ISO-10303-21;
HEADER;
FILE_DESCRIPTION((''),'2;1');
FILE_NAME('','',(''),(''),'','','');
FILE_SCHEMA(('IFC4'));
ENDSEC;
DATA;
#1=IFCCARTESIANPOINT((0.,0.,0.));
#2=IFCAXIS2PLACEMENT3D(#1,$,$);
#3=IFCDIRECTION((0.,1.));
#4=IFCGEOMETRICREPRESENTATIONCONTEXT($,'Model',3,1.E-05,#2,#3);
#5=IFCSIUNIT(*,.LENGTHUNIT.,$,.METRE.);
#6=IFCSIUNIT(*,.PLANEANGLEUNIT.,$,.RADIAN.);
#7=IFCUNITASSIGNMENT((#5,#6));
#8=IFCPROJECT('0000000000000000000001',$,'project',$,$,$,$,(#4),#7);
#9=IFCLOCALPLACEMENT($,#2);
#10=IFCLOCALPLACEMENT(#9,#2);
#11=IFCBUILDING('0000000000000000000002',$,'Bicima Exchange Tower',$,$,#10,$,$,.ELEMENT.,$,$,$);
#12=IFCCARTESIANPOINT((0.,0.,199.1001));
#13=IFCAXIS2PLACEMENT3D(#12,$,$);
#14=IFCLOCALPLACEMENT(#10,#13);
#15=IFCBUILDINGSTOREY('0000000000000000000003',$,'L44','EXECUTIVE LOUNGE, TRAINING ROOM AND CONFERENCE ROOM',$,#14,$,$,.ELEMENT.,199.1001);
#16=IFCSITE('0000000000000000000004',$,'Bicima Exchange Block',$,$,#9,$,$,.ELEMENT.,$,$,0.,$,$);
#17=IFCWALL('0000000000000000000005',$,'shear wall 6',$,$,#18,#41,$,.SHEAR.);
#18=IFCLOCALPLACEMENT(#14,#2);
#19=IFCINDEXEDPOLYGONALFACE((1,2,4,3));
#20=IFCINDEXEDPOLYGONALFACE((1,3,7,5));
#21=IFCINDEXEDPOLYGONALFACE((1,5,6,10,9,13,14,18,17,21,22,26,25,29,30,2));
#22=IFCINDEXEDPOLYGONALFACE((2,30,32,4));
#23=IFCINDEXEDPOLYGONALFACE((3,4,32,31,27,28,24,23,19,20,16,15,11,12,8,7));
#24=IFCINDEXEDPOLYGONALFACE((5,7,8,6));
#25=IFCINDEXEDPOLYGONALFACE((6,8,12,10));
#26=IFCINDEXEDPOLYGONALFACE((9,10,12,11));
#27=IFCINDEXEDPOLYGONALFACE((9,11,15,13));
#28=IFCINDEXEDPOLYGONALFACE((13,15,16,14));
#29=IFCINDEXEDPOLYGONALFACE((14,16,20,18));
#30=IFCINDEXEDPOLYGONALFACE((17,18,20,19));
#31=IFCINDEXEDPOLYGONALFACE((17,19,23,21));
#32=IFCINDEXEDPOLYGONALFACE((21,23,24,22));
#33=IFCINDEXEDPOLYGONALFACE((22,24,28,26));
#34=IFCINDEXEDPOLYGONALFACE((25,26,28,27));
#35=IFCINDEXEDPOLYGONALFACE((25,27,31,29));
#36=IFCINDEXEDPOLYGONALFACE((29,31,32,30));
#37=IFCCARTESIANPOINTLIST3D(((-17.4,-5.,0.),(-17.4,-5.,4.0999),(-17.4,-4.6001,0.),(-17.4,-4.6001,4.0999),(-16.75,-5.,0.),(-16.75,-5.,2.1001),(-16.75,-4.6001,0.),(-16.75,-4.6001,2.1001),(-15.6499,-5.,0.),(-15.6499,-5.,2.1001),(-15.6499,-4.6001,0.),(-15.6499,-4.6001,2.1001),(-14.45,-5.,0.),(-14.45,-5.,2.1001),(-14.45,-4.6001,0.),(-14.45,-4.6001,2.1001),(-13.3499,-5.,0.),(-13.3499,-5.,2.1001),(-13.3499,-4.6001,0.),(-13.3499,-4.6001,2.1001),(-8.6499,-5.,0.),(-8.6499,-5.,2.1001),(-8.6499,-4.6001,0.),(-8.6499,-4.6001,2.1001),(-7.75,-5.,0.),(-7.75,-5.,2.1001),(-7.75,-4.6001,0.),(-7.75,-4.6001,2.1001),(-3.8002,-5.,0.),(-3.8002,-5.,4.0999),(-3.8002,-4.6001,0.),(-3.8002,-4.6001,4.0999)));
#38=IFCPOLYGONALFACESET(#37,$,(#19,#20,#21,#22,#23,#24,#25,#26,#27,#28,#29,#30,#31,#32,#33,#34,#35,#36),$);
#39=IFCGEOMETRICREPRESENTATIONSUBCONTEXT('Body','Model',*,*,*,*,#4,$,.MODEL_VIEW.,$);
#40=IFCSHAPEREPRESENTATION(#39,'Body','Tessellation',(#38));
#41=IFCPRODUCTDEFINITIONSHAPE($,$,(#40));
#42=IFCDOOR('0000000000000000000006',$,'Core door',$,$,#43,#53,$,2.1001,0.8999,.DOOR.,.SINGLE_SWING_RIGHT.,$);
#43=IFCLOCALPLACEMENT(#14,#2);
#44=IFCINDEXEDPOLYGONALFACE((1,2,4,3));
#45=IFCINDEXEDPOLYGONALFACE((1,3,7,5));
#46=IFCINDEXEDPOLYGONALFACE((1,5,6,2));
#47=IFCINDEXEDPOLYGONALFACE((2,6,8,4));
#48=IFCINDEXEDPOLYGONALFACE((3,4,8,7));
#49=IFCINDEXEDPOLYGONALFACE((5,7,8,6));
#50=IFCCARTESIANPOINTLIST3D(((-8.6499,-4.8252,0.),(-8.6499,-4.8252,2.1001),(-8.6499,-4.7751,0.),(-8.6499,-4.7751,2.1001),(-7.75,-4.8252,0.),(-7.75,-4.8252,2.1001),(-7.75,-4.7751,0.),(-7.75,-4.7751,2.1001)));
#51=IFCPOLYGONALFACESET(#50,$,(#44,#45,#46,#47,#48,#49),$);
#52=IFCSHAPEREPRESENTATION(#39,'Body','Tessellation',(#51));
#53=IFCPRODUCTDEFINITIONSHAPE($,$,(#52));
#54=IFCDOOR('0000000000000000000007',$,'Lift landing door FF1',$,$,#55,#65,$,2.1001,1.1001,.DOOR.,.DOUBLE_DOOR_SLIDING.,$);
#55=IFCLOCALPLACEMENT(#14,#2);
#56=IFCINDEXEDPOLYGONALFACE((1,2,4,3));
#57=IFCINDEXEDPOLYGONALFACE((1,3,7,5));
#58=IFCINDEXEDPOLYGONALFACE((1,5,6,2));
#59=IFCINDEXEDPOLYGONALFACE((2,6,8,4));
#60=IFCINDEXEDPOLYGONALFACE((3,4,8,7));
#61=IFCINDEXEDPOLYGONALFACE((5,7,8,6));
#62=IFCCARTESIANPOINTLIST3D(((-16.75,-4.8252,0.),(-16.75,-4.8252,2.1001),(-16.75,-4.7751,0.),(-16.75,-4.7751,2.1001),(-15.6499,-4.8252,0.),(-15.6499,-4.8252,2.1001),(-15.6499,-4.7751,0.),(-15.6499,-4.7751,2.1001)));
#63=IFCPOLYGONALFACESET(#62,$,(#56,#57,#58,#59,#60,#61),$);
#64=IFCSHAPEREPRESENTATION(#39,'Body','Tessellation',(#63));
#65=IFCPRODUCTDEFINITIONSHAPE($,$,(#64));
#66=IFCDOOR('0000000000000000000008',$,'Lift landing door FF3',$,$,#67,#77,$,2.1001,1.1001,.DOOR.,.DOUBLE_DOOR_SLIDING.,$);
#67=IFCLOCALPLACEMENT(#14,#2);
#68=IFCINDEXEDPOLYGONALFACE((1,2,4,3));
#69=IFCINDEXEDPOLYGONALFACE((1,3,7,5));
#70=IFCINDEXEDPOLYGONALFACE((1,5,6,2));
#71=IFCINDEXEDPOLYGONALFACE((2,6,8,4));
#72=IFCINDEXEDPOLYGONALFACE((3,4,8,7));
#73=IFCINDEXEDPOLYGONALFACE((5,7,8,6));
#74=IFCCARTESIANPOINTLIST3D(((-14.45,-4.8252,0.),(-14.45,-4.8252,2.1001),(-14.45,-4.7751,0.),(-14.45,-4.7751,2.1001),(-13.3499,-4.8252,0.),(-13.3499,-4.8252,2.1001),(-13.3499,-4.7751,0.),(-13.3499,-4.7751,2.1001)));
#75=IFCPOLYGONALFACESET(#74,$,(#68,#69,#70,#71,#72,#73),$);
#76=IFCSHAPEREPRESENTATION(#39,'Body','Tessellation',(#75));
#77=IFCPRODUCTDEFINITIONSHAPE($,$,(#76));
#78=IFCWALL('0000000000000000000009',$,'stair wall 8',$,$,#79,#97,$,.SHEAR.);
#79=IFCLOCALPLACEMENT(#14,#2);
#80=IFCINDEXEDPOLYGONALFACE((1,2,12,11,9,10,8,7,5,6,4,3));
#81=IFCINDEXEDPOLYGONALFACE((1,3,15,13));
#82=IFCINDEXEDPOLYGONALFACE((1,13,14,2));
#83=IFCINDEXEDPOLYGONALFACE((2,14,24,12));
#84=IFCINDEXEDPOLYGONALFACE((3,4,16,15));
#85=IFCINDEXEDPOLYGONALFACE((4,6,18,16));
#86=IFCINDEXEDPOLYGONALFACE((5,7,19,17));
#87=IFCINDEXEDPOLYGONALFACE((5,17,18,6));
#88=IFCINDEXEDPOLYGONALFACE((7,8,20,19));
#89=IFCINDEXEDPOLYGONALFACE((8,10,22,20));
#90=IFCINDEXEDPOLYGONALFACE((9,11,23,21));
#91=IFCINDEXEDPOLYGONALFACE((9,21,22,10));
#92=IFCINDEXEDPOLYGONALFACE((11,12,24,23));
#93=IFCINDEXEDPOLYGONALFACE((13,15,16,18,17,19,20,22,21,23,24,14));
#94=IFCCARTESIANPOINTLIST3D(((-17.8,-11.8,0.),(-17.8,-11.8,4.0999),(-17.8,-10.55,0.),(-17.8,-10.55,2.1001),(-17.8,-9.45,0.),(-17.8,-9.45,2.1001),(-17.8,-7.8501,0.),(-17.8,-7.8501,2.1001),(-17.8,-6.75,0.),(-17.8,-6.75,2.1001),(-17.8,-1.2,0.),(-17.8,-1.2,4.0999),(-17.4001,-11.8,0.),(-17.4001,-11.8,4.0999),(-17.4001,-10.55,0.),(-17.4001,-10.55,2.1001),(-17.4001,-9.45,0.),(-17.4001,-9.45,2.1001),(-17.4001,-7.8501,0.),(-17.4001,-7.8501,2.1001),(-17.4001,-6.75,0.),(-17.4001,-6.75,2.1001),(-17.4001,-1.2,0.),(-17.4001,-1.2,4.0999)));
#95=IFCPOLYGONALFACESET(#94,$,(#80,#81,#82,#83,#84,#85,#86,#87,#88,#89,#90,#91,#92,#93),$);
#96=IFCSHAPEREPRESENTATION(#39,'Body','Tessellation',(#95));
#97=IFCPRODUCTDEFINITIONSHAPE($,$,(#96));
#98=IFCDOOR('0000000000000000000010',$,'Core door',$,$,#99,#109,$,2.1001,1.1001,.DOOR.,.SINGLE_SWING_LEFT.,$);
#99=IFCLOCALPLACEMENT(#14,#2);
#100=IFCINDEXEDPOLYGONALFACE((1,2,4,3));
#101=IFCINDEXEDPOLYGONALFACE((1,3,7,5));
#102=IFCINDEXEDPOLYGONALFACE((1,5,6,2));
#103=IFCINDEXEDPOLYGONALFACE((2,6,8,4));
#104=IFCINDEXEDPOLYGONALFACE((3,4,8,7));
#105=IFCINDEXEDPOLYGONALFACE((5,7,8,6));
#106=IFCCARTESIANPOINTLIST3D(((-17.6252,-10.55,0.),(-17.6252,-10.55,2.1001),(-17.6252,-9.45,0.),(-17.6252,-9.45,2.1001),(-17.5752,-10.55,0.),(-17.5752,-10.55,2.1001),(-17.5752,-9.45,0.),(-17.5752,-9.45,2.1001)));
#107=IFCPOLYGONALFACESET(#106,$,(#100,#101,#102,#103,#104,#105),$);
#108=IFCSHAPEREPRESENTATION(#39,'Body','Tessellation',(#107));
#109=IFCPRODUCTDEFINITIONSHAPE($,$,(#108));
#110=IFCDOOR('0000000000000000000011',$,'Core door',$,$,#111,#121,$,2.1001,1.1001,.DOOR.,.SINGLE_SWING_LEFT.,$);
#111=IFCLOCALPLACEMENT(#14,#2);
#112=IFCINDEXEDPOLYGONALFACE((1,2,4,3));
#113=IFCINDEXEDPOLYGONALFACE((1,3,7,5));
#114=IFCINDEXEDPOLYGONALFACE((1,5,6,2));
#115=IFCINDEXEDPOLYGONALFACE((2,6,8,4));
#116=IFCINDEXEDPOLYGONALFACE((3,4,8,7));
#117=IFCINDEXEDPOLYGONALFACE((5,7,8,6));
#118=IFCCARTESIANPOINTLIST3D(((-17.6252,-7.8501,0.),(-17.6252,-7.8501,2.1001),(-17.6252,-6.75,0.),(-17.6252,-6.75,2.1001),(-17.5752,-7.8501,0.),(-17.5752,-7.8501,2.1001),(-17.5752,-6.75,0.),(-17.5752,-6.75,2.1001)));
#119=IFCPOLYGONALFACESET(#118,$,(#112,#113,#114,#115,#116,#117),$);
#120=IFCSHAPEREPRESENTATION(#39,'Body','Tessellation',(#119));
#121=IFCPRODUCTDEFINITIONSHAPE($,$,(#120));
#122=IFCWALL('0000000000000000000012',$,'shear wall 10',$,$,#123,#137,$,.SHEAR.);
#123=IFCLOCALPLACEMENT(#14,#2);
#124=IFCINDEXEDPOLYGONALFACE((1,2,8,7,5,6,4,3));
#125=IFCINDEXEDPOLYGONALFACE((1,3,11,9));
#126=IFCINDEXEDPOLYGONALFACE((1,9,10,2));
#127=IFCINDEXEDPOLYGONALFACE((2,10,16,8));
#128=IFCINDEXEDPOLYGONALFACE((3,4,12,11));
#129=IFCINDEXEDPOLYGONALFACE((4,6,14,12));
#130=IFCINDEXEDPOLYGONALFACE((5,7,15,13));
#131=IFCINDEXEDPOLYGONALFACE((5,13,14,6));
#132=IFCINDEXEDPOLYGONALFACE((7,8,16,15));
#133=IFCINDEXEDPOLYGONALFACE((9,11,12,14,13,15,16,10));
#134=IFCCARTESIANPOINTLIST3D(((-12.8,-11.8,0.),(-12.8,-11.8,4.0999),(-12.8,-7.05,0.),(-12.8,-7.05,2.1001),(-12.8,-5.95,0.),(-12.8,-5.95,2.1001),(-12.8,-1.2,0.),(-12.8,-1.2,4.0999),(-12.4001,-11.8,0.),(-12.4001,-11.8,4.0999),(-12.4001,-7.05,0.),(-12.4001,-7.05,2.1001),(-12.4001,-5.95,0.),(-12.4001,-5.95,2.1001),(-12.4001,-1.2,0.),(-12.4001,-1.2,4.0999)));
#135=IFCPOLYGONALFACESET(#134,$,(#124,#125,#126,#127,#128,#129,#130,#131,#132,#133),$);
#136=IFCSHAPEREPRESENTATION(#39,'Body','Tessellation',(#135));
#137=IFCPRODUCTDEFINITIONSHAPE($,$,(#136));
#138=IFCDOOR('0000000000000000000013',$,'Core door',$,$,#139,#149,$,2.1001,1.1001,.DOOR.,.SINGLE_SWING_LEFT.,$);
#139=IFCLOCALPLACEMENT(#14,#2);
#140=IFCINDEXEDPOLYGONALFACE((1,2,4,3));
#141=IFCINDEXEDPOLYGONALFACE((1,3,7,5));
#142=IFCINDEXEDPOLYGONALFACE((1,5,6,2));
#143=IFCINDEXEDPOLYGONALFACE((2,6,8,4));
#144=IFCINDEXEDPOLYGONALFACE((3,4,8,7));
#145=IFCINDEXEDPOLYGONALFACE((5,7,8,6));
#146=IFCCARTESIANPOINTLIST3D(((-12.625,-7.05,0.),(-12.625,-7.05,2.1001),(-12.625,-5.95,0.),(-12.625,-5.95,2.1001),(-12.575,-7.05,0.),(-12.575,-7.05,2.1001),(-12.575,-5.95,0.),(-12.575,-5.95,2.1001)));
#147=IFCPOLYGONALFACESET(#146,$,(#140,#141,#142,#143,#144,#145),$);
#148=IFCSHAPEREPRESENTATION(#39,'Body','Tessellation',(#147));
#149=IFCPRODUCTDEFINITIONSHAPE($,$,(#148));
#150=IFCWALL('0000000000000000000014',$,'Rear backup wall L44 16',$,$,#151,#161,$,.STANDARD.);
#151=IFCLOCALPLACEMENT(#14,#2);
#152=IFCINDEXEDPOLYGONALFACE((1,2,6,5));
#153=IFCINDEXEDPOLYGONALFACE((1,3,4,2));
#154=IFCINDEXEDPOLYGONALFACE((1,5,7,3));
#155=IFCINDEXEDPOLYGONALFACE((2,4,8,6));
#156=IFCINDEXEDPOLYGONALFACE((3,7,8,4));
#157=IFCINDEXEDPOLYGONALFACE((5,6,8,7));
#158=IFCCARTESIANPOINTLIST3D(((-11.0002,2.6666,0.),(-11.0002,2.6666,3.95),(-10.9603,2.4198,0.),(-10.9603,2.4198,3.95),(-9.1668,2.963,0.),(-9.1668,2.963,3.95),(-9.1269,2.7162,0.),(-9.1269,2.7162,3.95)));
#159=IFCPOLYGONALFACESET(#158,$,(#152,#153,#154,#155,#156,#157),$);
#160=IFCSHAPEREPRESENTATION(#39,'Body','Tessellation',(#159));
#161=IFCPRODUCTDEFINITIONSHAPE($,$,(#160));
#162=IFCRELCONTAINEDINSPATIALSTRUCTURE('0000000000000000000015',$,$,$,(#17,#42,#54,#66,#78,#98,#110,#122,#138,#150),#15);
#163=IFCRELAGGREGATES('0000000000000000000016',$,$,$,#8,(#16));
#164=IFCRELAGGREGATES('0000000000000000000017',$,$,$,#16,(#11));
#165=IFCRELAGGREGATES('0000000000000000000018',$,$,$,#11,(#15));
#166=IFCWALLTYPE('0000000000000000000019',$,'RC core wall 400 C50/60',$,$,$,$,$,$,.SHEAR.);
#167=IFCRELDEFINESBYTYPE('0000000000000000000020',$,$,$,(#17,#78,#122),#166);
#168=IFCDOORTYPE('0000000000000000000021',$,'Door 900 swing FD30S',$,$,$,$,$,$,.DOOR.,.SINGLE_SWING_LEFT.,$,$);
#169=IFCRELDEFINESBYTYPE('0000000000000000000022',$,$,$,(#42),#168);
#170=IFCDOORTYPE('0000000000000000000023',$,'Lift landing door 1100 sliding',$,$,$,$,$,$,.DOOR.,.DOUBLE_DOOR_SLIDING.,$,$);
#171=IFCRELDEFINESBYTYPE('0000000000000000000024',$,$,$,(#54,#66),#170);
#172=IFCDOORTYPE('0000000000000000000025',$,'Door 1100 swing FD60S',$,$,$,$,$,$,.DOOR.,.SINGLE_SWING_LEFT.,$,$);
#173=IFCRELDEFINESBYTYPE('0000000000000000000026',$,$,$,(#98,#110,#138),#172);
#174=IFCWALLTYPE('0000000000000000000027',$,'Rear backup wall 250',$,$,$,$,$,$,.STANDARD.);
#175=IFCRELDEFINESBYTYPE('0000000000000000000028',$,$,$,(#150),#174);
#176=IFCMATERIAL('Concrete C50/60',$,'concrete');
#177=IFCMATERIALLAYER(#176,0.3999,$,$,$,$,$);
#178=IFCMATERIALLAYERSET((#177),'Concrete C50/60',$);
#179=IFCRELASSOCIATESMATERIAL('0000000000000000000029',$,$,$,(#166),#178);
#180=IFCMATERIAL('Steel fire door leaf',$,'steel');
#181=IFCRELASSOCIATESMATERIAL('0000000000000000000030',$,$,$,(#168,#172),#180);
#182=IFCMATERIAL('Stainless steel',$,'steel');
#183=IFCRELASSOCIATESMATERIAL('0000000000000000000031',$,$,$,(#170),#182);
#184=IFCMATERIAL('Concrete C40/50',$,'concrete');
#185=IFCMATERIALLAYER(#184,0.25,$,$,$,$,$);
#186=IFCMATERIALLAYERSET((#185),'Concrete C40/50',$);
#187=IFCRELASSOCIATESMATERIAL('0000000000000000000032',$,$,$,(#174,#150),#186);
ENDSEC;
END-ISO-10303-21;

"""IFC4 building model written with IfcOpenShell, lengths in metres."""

from ifc_helpers import new_model, si_unit, direction, frame, frame_2d, origin, place, context, subcontext, project, spatial, rectangle, extrude, material, layer, layer_set, layer_usage, type_object, element, fill, save


model = new_model("IFC4")

# Units and contexts
model_context = context("Model", 3, precision=1e-05, world=origin(), true_north=direction((0.0, 1.0)))
body_context = subcontext(model_context, "Body", "Model", "MODEL_VIEW")
ifc_project = project(units=[si_unit("LENGTHUNIT", "METRE"), si_unit("PLANEANGLEUNIT", "RADIAN")], contexts=[model_context])

# Site, building, storey
site_placement = place(None, origin())
site = spatial("IfcSite", under=ifc_project, at=site_placement, Name="Bicima Exchange Block", CompositionType="ELEMENT", RefElevation=0.0)
building_placement = place(site_placement, origin())
building = spatial("IfcBuilding", under=site, at=building_placement, Name="Bicima Exchange Tower", CompositionType="ELEMENT")
storey_placement = place(building_placement, frame((0.0, 0.0, 199.1001)))
storey = spatial("IfcBuildingStorey", under=building, at=storey_placement, Name="L44", Description="EXECUTIVE LOUNGE, TRAINING ROOM AND CONFERENCE ROOM", CompositionType="ELEMENT", Elevation=199.1001)

# Walls, openings, doors
ifc_material_1 = material(Name="Concrete C50/60", Category="concrete")
ifc_layer_1 = layer(ifc_material_1, 0.3999)
ifc_layer_set_1 = layer_set([ifc_layer_1], Name="Concrete C50/60")
wall_type_1 = type_object("IfcWallType", Name="RC core wall 400 C50/60", PredefinedType="SHEAR", material=ifc_layer_set_1)
ifc_material_2 = material(Name="Steel fire door leaf", Category="steel")
door_type_1 = type_object("IfcDoorType", Name="Door 900 swing FD30S", OperationType="SINGLE_SWING_LEFT", PredefinedType="DOOR", material=ifc_material_2)
ifc_material_3 = material(Name="Stainless steel", Category="steel")
wall_1_placement = place(storey_placement, frame((-17.3999, -4.8, 0.0), z_axis=(0.0, 0.0, 1.0), x_axis=(1.0, 0.0, 0.0)))
wall_1 = element("IfcWall", 1, at=wall_1_placement, inside=storey, type_object=wall_type_1, Name="shear wall 6", PredefinedType="SHEAR", context=body_context, shape_type="SweptSolid", body=[
    extrude(rectangle(XDim=13.5999, YDim=0.3999, at=frame_2d((6.7998, 0.0))), origin(), (0.0, 0.0, 1.0), 4.0999),
])
opening_1_placement = place(wall_1_placement, frame((0.6499, 0.0, 0.0)))
opening_1 = element("IfcOpeningElement", 2, at=opening_1_placement, cuts=wall_1, PredefinedType="OPENING", context=body_context, shape_type="SweptSolid", body=[
    extrude(rectangle(XDim=1.1001, YDim=2.1001, at=frame_2d((0.55, 1.05))), frame((0.0, 0.2119, 0.0), z_axis=(0.0, -1.0, 0.0), x_axis=(1.0, 0.0, 0.0)), (0.0, 0.0, 1.0), 0.4238),
])
opening_2_placement = place(wall_1_placement, frame((2.95, 0.0, 0.0)))
opening_2 = element("IfcOpeningElement", 3, at=opening_2_placement, cuts=wall_1, PredefinedType="OPENING", context=body_context, shape_type="SweptSolid", body=[
    extrude(rectangle(XDim=1.1001, YDim=2.1001, at=frame_2d((0.55, 1.05))), frame((0.0, 0.2119, 0.0), z_axis=(0.0, -1.0, 0.0), x_axis=(1.0, 0.0, 0.0)), (0.0, 0.0, 1.0), 0.4238),
])
opening_3_placement = place(wall_1_placement, frame((8.75, 0.0, 0.0)))
opening_3 = element("IfcOpeningElement", 4, at=opening_3_placement, cuts=wall_1, PredefinedType="OPENING", context=body_context, shape_type="SweptSolid", body=[
    extrude(rectangle(XDim=0.8999, YDim=2.1001, at=frame_2d((0.45, 1.05))), frame((0.0, 0.2119, 0.0), z_axis=(0.0, -1.0, 0.0), x_axis=(1.0, 0.0, 0.0)), (0.0, 0.0, 1.0), 0.4238),
])
door_1_placement = place(opening_3_placement, origin())
door_1 = element("IfcDoor", 5, at=door_1_placement, inside=storey, type_object=door_type_1, Name="Core door", OperationType="SINGLE_SWING_RIGHT", OverallHeight=2.1001, OverallWidth=0.8999, PredefinedType="DOOR", context=body_context, shape_type="SweptSolid", body=[
    extrude(rectangle(XDim=0.8999, YDim=2.1001, at=frame_2d((0.45, 1.05))), frame((0.0, 0.0249, 0.0), z_axis=(0.0, -1.0, 0.0), x_axis=(1.0, 0.0, 0.0)), (0.0, 0.0, 1.0), 0.05),
])
fill(opening_3, door_1)
door_type_2 = type_object("IfcDoorType", Name="Lift landing door 1100 sliding", OperationType="DOUBLE_DOOR_SLIDING", PredefinedType="DOOR", material=ifc_material_3)
door_2_placement = place(opening_1_placement, origin())
door_2 = element("IfcDoor", 6, at=door_2_placement, inside=storey, type_object=door_type_2, Name="Lift landing door FF1", OperationType="DOUBLE_DOOR_SLIDING", OverallHeight=2.1001, OverallWidth=1.1001, PredefinedType="DOOR", context=body_context, shape_type="SweptSolid", body=[
    extrude(rectangle(XDim=1.1001, YDim=2.1001, at=frame_2d((0.55, 1.05))), frame((0.0, 0.0249, 0.0), z_axis=(0.0, -1.0, 0.0), x_axis=(1.0, 0.0, 0.0)), (0.0, 0.0, 1.0), 0.05),
])
fill(opening_1, door_2)
door_3_placement = place(opening_2_placement, origin())
door_3 = element("IfcDoor", 7, at=door_3_placement, inside=storey, type_object=door_type_2, Name="Lift landing door FF3", OperationType="DOUBLE_DOOR_SLIDING", OverallHeight=2.1001, OverallWidth=1.1001, PredefinedType="DOOR", context=body_context, shape_type="SweptSolid", body=[
    extrude(rectangle(XDim=1.1001, YDim=2.1001, at=frame_2d((0.55, 1.05))), frame((0.0, 0.0249, 0.0), z_axis=(0.0, -1.0, 0.0), x_axis=(1.0, 0.0, 0.0)), (0.0, 0.0, 1.0), 0.05),
])
fill(opening_2, door_3)
wall_2_placement = place(storey_placement, frame((-17.6001, -11.8, 0.0), z_axis=(0.0, 0.0, 1.0), x_axis=(0.0, 1.0, 0.0)))
wall_2 = element("IfcWall", 8, at=wall_2_placement, inside=storey, type_object=wall_type_1, Name="stair wall 8", PredefinedType="SHEAR", context=body_context, shape_type="SweptSolid", body=[
    extrude(rectangle(XDim=10.6001, YDim=0.3999, at=frame_2d((5.3, 0.0))), origin(), (0.0, 0.0, 1.0), 4.0999),
])
opening_4_placement = place(wall_2_placement, frame((1.25, 0.0, 0.0)))
opening_4 = element("IfcOpeningElement", 9, at=opening_4_placement, cuts=wall_2, PredefinedType="OPENING", context=body_context, shape_type="SweptSolid", body=[
    extrude(rectangle(XDim=1.1001, YDim=2.1001, at=frame_2d((0.55, 1.05))), frame((0.0, 0.2119, 0.0), z_axis=(0.0, -1.0, 0.0), x_axis=(1.0, 0.0, 0.0)), (0.0, 0.0, 1.0), 0.4238),
])
opening_5_placement = place(wall_2_placement, frame((3.95, 0.0, 0.0)))
opening_5 = element("IfcOpeningElement", 10, at=opening_5_placement, cuts=wall_2, PredefinedType="OPENING", context=body_context, shape_type="SweptSolid", body=[
    extrude(rectangle(XDim=1.1001, YDim=2.1001, at=frame_2d((0.55, 1.05))), frame((0.0, 0.2119, 0.0), z_axis=(0.0, -1.0, 0.0), x_axis=(1.0, 0.0, 0.0)), (0.0, 0.0, 1.0), 0.4238),
])
door_type_3 = type_object("IfcDoorType", Name="Door 1100 swing FD60S", OperationType="SINGLE_SWING_LEFT", PredefinedType="DOOR", material=ifc_material_2)
door_4_placement = place(opening_4_placement, frame((1.1001, 0.0, 0.0), z_axis=(0.0, 0.0, 1.0), x_axis=(-1.0, 0.0, 0.0)))
door_4 = element("IfcDoor", 11, at=door_4_placement, inside=storey, type_object=door_type_3, Name="Core door", OperationType="SINGLE_SWING_LEFT", OverallHeight=2.1001, OverallWidth=1.1001, PredefinedType="DOOR", context=body_context, shape_type="SweptSolid", body=[
    extrude(rectangle(XDim=1.1001, YDim=2.1001, at=frame_2d((0.55, 1.05))), frame((0.0, 0.0249, 0.0), z_axis=(0.0, -1.0, 0.0), x_axis=(1.0, 0.0, 0.0)), (0.0, 0.0, 1.0), 0.05),
])
fill(opening_4, door_4)
door_5_placement = place(opening_5_placement, frame((1.1001, 0.0, 0.0), z_axis=(0.0, 0.0, 1.0), x_axis=(-1.0, 0.0, 0.0)))
door_5 = element("IfcDoor", 12, at=door_5_placement, inside=storey, type_object=door_type_3, Name="Core door", OperationType="SINGLE_SWING_LEFT", OverallHeight=2.1001, OverallWidth=1.1001, PredefinedType="DOOR", context=body_context, shape_type="SweptSolid", body=[
    extrude(rectangle(XDim=1.1001, YDim=2.1001, at=frame_2d((0.55, 1.05))), frame((0.0, 0.0249, 0.0), z_axis=(0.0, -1.0, 0.0), x_axis=(1.0, 0.0, 0.0)), (0.0, 0.0, 1.0), 0.05),
])
fill(opening_5, door_5)

# Wall, opening, door
wall_3_placement = place(storey_placement, frame((-12.6001, -11.8, 0.0), z_axis=(0.0, 0.0, 1.0), x_axis=(0.0, 1.0, 0.0)))
wall_3 = element("IfcWall", 13, at=wall_3_placement, inside=storey, type_object=wall_type_1, Name="shear wall 10", PredefinedType="SHEAR", context=body_context, shape_type="SweptSolid", body=[
    extrude(rectangle(XDim=10.6001, YDim=0.3999, at=frame_2d((5.3, 0.0))), origin(), (0.0, 0.0, 1.0), 4.0999),
])
opening_6_placement = place(wall_3_placement, frame((4.75, 0.0, 0.0)))
opening_6 = element("IfcOpeningElement", 14, at=opening_6_placement, cuts=wall_3, PredefinedType="OPENING", context=body_context, shape_type="SweptSolid", body=[
    extrude(rectangle(XDim=1.1001, YDim=2.1001, at=frame_2d((0.55, 1.05))), frame((0.0, 0.2119, 0.0), z_axis=(0.0, -1.0, 0.0), x_axis=(1.0, 0.0, 0.0)), (0.0, 0.0, 1.0), 0.4238),
])
door_6_placement = place(opening_6_placement, origin())
door_6 = element("IfcDoor", 15, at=door_6_placement, inside=storey, type_object=door_type_3, Name="Core door", OperationType="SINGLE_SWING_LEFT", OverallHeight=2.1001, OverallWidth=1.1001, PredefinedType="DOOR", context=body_context, shape_type="SweptSolid", body=[
    extrude(rectangle(XDim=1.1001, YDim=2.1001, at=frame_2d((0.55, 1.05))), frame((0.0, 0.0249, 0.0), z_axis=(0.0, -1.0, 0.0), x_axis=(1.0, 0.0, 0.0)), (0.0, 0.0, 1.0), 0.05),
])
fill(opening_6, door_6)

# Wall
ifc_material_4 = material(Name="Concrete C40/50", Category="concrete")
ifc_layer_2 = layer(ifc_material_4, 0.25)
ifc_layer_set_2 = layer_set([ifc_layer_2], Name="Concrete C40/50")
ifc_layer_usage = layer_usage(ifc_layer_set_2, "AXIS2", "POSITIVE", -0.125)
wall_type_2 = type_object("IfcWallType", Name="Rear backup wall 250", PredefinedType="STANDARD", material=ifc_layer_set_2)
wall_4_placement = place(storey_placement, frame((-9.1467, 2.8396, 0.0), z_axis=(0.0, 0.0, 1.0), x_axis=(-0.987182, -0.1596, 0.0)))
element("IfcWall", 16, at=wall_4_placement, inside=storey, type_object=wall_type_2, material=ifc_layer_usage, Name="Rear backup wall L44 16", PredefinedType="STANDARD", context=body_context, shape_type="SweptSolid", body=[
    extrude(rectangle(XDim=1.8572, YDim=0.25, at=frame_2d((0.9287, 0.0))), origin(), (0.0, 0.0, 1.0), 3.95),
])

save(model, "model.ifc")
